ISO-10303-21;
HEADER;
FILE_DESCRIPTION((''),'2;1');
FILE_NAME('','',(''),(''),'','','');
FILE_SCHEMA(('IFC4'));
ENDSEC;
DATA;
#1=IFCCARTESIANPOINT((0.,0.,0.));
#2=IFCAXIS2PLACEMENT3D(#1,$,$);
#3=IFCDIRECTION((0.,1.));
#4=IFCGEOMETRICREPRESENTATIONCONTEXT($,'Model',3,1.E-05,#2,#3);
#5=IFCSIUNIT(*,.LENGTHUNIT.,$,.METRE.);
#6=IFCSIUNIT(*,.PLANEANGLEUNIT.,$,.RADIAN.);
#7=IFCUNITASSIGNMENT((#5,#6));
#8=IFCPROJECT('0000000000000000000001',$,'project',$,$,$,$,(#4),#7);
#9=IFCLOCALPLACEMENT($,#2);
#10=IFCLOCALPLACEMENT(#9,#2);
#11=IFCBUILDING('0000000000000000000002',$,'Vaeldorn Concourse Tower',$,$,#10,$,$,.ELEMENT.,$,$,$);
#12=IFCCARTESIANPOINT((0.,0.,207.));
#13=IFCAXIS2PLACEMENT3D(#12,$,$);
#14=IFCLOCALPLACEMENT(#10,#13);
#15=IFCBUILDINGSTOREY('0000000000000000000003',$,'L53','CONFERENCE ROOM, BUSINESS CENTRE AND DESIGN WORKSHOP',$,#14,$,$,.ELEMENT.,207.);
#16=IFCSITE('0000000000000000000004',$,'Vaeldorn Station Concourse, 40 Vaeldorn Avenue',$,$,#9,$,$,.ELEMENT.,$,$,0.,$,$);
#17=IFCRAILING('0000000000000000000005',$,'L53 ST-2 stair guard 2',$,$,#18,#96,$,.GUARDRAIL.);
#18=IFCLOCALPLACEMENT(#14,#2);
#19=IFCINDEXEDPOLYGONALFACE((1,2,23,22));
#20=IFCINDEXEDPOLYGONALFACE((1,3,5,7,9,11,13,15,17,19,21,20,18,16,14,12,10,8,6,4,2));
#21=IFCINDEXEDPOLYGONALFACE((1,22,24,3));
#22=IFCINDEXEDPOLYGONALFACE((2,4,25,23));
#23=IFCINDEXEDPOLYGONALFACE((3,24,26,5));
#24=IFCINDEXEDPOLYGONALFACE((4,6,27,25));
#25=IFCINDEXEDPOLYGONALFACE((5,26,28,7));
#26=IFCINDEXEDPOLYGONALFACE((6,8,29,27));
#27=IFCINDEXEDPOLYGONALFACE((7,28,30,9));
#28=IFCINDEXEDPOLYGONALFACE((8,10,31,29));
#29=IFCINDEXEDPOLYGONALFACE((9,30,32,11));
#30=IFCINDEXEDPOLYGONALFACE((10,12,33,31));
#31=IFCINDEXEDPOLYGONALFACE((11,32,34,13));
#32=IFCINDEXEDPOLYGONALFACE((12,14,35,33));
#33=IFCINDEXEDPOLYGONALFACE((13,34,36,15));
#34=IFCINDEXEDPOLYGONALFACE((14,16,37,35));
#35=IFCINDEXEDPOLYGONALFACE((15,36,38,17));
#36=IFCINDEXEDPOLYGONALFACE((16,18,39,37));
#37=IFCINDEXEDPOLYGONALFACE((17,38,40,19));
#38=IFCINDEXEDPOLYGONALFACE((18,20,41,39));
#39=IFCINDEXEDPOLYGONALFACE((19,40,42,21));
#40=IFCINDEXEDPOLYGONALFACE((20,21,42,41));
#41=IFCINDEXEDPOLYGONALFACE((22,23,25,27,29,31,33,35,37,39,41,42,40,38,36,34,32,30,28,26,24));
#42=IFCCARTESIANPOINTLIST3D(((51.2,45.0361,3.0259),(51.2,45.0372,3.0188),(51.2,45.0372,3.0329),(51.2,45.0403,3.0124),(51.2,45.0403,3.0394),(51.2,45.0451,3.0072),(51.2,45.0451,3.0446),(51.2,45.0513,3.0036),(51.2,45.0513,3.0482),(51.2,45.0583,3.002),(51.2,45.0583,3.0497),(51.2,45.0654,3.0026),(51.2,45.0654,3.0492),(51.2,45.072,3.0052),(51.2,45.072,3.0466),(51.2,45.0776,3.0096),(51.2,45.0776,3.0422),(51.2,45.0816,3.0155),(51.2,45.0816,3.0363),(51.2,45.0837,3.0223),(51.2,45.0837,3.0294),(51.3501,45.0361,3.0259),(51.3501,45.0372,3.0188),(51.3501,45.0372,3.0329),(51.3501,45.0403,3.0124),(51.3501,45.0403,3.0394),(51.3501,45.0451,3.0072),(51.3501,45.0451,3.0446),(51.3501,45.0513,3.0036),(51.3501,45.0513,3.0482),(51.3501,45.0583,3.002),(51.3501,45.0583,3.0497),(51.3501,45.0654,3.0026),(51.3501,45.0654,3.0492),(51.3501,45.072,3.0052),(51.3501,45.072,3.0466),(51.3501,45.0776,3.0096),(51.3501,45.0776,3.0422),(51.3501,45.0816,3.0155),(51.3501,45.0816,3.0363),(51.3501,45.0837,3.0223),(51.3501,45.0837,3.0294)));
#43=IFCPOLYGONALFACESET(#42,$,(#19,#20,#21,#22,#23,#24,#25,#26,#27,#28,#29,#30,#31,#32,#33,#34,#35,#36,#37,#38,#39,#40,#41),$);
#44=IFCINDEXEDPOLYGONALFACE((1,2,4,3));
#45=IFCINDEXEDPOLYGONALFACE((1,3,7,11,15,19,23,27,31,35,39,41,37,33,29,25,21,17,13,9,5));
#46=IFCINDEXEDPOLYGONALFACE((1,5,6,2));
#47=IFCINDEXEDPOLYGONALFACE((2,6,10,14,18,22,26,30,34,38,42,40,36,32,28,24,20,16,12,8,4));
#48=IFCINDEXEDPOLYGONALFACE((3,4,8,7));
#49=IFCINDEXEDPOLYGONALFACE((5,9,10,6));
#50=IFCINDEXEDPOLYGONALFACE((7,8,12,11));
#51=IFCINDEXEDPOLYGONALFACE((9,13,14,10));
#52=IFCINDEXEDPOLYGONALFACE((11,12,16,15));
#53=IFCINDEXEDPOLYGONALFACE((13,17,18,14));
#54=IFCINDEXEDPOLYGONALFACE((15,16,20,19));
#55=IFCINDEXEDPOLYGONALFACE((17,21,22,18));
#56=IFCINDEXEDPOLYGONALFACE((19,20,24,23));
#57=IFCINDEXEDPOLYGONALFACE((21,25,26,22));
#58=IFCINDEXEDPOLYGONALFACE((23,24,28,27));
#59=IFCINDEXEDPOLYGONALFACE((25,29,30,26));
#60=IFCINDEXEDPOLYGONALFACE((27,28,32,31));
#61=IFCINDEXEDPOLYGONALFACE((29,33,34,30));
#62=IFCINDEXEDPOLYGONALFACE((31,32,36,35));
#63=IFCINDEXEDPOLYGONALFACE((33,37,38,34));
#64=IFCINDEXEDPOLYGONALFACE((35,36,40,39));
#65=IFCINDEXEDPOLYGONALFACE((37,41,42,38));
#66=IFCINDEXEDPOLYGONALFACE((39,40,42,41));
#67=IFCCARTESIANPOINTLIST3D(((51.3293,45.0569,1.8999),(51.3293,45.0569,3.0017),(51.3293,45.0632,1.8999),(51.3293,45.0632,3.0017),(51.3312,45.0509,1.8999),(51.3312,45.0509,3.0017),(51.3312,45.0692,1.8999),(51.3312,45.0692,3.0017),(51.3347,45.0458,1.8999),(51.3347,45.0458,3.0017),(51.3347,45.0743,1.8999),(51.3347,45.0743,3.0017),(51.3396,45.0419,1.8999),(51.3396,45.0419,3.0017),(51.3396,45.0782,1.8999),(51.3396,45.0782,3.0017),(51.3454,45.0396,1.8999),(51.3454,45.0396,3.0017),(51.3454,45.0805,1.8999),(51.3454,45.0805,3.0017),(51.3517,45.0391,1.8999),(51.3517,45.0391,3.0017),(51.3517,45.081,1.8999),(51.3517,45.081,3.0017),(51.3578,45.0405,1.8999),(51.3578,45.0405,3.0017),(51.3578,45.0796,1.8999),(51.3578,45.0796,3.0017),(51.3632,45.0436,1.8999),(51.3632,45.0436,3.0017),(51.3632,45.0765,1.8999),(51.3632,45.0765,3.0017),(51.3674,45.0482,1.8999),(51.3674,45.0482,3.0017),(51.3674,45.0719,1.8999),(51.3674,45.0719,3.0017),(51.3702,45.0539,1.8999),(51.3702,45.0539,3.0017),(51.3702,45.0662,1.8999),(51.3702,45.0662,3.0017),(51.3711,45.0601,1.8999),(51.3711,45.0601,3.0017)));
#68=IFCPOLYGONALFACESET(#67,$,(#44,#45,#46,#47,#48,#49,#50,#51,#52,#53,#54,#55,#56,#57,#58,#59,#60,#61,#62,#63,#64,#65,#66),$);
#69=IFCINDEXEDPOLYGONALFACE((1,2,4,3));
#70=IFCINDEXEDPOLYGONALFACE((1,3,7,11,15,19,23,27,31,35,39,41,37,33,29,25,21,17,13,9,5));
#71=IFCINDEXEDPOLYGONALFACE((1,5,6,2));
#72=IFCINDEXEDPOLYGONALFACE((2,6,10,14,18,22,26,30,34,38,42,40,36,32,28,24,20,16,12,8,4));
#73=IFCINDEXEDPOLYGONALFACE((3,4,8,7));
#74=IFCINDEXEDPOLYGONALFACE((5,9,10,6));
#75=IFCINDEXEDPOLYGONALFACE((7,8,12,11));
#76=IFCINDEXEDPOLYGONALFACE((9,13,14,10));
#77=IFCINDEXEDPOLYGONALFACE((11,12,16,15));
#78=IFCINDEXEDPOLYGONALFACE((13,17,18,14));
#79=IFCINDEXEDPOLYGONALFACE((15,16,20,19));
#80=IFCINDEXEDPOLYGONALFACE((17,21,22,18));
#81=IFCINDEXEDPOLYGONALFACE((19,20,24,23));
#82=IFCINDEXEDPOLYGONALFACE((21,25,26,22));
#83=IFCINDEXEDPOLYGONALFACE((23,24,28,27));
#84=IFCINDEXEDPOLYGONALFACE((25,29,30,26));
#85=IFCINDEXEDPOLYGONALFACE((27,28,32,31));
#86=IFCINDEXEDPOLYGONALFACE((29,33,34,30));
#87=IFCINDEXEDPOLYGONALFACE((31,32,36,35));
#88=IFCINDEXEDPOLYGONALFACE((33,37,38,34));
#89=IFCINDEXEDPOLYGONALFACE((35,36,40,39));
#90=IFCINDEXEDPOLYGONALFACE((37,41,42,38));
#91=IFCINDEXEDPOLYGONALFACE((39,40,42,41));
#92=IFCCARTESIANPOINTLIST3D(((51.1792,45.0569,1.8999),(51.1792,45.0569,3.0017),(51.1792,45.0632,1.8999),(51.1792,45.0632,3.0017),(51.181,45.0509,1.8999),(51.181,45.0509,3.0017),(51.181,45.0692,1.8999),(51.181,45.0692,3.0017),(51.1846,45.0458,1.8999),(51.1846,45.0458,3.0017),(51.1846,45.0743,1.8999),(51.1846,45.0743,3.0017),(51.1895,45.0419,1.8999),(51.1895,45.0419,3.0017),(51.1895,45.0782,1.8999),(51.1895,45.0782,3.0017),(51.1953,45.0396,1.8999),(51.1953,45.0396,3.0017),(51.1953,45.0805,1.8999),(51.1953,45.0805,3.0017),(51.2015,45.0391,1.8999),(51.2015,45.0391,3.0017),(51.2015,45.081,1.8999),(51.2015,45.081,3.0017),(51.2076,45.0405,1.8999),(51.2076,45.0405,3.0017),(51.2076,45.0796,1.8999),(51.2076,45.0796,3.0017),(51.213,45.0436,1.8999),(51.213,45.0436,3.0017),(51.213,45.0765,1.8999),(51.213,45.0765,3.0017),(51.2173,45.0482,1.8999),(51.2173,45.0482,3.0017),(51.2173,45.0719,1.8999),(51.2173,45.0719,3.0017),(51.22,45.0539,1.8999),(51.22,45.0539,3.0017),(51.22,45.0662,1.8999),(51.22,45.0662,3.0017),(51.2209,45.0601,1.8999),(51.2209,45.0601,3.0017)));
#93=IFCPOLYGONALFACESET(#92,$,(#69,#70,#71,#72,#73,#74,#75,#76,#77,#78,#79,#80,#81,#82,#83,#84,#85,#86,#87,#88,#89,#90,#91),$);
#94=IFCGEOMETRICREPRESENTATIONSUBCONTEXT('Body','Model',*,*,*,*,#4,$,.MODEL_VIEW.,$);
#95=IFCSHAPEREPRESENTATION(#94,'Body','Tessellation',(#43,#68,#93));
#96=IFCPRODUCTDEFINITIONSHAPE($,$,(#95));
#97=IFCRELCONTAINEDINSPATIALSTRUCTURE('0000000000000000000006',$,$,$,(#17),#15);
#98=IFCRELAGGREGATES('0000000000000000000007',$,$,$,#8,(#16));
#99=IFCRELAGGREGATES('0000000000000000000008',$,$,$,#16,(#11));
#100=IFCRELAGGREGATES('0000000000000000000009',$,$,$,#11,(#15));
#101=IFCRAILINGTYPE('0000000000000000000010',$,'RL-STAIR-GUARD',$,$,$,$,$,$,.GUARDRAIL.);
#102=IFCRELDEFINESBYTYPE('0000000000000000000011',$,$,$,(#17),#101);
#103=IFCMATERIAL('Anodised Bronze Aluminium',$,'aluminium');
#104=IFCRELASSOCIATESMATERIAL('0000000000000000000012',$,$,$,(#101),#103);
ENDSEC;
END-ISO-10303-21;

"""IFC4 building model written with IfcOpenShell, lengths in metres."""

from ifc_helpers import new_model, si_unit, direction, frame, origin, origin_2d, place, context, subcontext, project, spatial, circle, extrude, material, type_object, element, save


model = new_model("IFC4")

# Units and contexts
model_context = context("Model", 3, precision=1e-05, world=origin(), true_north=direction((0.0, 1.0)))
body_context = subcontext(model_context, "Body", "Model", "MODEL_VIEW")
ifc_project = project(units=[si_unit("LENGTHUNIT", "METRE"), si_unit("PLANEANGLEUNIT", "RADIAN")], contexts=[model_context])

# Site, building, storey
site_placement = place(None, origin())
site = spatial("IfcSite", under=ifc_project, at=site_placement, Name="Vaeldorn Station Concourse, 40 Vaeldorn Avenue", CompositionType="ELEMENT", RefElevation=0.0)
building_placement = place(site_placement, origin())
building = spatial("IfcBuilding", under=site, at=building_placement, Name="Vaeldorn Concourse Tower", CompositionType="ELEMENT")
storey_placement = place(building_placement, frame((0.0, 0.0, 207.0)))
storey = spatial("IfcBuildingStorey", under=building, at=storey_placement, Name="L53", Description="CONFERENCE ROOM, BUSINESS CENTRE AND DESIGN WORKSHOP", CompositionType="ELEMENT", Elevation=207.0)

# Shared definitions
ifc_material_1 = material(Name="Anodised Bronze Aluminium", Category="aluminium")

# Railing
railing_type = type_object("IfcRailingType", Name="RL-STAIR-GUARD", PredefinedType="GUARDRAIL", material=ifc_material_1)
railing_1_placement = place(storey_placement, frame((51.3501, 45.0601, 1.8999)))
element("IfcRailing", 1, at=railing_1_placement, inside=storey, type_object=railing_type, Name="L53 ST-2 stair guard 2", PredefinedType="GUARDRAIL", context=body_context, shape_type="SweptSolid", body=[
    extrude(circle(Radius=0.0239, at=origin_2d()), frame((0.0, 0.0, 1.126), z_axis=(-1.0, 0.0, 0.0), x_axis=(0.0, -1.0, 0.0)), (0.0, 0.0, 1.0), 0.1501),
    extrude(circle(Radius=0.021, at=origin_2d()), origin(), (0.0, 0.0, 1.0), 1.1018),
    extrude(circle(Radius=0.021, at=origin_2d()), frame((-0.1501, 0.0, 0.0)), (0.0, 0.0, 1.0), 1.1018),
])

save(model, "model.ifc")
